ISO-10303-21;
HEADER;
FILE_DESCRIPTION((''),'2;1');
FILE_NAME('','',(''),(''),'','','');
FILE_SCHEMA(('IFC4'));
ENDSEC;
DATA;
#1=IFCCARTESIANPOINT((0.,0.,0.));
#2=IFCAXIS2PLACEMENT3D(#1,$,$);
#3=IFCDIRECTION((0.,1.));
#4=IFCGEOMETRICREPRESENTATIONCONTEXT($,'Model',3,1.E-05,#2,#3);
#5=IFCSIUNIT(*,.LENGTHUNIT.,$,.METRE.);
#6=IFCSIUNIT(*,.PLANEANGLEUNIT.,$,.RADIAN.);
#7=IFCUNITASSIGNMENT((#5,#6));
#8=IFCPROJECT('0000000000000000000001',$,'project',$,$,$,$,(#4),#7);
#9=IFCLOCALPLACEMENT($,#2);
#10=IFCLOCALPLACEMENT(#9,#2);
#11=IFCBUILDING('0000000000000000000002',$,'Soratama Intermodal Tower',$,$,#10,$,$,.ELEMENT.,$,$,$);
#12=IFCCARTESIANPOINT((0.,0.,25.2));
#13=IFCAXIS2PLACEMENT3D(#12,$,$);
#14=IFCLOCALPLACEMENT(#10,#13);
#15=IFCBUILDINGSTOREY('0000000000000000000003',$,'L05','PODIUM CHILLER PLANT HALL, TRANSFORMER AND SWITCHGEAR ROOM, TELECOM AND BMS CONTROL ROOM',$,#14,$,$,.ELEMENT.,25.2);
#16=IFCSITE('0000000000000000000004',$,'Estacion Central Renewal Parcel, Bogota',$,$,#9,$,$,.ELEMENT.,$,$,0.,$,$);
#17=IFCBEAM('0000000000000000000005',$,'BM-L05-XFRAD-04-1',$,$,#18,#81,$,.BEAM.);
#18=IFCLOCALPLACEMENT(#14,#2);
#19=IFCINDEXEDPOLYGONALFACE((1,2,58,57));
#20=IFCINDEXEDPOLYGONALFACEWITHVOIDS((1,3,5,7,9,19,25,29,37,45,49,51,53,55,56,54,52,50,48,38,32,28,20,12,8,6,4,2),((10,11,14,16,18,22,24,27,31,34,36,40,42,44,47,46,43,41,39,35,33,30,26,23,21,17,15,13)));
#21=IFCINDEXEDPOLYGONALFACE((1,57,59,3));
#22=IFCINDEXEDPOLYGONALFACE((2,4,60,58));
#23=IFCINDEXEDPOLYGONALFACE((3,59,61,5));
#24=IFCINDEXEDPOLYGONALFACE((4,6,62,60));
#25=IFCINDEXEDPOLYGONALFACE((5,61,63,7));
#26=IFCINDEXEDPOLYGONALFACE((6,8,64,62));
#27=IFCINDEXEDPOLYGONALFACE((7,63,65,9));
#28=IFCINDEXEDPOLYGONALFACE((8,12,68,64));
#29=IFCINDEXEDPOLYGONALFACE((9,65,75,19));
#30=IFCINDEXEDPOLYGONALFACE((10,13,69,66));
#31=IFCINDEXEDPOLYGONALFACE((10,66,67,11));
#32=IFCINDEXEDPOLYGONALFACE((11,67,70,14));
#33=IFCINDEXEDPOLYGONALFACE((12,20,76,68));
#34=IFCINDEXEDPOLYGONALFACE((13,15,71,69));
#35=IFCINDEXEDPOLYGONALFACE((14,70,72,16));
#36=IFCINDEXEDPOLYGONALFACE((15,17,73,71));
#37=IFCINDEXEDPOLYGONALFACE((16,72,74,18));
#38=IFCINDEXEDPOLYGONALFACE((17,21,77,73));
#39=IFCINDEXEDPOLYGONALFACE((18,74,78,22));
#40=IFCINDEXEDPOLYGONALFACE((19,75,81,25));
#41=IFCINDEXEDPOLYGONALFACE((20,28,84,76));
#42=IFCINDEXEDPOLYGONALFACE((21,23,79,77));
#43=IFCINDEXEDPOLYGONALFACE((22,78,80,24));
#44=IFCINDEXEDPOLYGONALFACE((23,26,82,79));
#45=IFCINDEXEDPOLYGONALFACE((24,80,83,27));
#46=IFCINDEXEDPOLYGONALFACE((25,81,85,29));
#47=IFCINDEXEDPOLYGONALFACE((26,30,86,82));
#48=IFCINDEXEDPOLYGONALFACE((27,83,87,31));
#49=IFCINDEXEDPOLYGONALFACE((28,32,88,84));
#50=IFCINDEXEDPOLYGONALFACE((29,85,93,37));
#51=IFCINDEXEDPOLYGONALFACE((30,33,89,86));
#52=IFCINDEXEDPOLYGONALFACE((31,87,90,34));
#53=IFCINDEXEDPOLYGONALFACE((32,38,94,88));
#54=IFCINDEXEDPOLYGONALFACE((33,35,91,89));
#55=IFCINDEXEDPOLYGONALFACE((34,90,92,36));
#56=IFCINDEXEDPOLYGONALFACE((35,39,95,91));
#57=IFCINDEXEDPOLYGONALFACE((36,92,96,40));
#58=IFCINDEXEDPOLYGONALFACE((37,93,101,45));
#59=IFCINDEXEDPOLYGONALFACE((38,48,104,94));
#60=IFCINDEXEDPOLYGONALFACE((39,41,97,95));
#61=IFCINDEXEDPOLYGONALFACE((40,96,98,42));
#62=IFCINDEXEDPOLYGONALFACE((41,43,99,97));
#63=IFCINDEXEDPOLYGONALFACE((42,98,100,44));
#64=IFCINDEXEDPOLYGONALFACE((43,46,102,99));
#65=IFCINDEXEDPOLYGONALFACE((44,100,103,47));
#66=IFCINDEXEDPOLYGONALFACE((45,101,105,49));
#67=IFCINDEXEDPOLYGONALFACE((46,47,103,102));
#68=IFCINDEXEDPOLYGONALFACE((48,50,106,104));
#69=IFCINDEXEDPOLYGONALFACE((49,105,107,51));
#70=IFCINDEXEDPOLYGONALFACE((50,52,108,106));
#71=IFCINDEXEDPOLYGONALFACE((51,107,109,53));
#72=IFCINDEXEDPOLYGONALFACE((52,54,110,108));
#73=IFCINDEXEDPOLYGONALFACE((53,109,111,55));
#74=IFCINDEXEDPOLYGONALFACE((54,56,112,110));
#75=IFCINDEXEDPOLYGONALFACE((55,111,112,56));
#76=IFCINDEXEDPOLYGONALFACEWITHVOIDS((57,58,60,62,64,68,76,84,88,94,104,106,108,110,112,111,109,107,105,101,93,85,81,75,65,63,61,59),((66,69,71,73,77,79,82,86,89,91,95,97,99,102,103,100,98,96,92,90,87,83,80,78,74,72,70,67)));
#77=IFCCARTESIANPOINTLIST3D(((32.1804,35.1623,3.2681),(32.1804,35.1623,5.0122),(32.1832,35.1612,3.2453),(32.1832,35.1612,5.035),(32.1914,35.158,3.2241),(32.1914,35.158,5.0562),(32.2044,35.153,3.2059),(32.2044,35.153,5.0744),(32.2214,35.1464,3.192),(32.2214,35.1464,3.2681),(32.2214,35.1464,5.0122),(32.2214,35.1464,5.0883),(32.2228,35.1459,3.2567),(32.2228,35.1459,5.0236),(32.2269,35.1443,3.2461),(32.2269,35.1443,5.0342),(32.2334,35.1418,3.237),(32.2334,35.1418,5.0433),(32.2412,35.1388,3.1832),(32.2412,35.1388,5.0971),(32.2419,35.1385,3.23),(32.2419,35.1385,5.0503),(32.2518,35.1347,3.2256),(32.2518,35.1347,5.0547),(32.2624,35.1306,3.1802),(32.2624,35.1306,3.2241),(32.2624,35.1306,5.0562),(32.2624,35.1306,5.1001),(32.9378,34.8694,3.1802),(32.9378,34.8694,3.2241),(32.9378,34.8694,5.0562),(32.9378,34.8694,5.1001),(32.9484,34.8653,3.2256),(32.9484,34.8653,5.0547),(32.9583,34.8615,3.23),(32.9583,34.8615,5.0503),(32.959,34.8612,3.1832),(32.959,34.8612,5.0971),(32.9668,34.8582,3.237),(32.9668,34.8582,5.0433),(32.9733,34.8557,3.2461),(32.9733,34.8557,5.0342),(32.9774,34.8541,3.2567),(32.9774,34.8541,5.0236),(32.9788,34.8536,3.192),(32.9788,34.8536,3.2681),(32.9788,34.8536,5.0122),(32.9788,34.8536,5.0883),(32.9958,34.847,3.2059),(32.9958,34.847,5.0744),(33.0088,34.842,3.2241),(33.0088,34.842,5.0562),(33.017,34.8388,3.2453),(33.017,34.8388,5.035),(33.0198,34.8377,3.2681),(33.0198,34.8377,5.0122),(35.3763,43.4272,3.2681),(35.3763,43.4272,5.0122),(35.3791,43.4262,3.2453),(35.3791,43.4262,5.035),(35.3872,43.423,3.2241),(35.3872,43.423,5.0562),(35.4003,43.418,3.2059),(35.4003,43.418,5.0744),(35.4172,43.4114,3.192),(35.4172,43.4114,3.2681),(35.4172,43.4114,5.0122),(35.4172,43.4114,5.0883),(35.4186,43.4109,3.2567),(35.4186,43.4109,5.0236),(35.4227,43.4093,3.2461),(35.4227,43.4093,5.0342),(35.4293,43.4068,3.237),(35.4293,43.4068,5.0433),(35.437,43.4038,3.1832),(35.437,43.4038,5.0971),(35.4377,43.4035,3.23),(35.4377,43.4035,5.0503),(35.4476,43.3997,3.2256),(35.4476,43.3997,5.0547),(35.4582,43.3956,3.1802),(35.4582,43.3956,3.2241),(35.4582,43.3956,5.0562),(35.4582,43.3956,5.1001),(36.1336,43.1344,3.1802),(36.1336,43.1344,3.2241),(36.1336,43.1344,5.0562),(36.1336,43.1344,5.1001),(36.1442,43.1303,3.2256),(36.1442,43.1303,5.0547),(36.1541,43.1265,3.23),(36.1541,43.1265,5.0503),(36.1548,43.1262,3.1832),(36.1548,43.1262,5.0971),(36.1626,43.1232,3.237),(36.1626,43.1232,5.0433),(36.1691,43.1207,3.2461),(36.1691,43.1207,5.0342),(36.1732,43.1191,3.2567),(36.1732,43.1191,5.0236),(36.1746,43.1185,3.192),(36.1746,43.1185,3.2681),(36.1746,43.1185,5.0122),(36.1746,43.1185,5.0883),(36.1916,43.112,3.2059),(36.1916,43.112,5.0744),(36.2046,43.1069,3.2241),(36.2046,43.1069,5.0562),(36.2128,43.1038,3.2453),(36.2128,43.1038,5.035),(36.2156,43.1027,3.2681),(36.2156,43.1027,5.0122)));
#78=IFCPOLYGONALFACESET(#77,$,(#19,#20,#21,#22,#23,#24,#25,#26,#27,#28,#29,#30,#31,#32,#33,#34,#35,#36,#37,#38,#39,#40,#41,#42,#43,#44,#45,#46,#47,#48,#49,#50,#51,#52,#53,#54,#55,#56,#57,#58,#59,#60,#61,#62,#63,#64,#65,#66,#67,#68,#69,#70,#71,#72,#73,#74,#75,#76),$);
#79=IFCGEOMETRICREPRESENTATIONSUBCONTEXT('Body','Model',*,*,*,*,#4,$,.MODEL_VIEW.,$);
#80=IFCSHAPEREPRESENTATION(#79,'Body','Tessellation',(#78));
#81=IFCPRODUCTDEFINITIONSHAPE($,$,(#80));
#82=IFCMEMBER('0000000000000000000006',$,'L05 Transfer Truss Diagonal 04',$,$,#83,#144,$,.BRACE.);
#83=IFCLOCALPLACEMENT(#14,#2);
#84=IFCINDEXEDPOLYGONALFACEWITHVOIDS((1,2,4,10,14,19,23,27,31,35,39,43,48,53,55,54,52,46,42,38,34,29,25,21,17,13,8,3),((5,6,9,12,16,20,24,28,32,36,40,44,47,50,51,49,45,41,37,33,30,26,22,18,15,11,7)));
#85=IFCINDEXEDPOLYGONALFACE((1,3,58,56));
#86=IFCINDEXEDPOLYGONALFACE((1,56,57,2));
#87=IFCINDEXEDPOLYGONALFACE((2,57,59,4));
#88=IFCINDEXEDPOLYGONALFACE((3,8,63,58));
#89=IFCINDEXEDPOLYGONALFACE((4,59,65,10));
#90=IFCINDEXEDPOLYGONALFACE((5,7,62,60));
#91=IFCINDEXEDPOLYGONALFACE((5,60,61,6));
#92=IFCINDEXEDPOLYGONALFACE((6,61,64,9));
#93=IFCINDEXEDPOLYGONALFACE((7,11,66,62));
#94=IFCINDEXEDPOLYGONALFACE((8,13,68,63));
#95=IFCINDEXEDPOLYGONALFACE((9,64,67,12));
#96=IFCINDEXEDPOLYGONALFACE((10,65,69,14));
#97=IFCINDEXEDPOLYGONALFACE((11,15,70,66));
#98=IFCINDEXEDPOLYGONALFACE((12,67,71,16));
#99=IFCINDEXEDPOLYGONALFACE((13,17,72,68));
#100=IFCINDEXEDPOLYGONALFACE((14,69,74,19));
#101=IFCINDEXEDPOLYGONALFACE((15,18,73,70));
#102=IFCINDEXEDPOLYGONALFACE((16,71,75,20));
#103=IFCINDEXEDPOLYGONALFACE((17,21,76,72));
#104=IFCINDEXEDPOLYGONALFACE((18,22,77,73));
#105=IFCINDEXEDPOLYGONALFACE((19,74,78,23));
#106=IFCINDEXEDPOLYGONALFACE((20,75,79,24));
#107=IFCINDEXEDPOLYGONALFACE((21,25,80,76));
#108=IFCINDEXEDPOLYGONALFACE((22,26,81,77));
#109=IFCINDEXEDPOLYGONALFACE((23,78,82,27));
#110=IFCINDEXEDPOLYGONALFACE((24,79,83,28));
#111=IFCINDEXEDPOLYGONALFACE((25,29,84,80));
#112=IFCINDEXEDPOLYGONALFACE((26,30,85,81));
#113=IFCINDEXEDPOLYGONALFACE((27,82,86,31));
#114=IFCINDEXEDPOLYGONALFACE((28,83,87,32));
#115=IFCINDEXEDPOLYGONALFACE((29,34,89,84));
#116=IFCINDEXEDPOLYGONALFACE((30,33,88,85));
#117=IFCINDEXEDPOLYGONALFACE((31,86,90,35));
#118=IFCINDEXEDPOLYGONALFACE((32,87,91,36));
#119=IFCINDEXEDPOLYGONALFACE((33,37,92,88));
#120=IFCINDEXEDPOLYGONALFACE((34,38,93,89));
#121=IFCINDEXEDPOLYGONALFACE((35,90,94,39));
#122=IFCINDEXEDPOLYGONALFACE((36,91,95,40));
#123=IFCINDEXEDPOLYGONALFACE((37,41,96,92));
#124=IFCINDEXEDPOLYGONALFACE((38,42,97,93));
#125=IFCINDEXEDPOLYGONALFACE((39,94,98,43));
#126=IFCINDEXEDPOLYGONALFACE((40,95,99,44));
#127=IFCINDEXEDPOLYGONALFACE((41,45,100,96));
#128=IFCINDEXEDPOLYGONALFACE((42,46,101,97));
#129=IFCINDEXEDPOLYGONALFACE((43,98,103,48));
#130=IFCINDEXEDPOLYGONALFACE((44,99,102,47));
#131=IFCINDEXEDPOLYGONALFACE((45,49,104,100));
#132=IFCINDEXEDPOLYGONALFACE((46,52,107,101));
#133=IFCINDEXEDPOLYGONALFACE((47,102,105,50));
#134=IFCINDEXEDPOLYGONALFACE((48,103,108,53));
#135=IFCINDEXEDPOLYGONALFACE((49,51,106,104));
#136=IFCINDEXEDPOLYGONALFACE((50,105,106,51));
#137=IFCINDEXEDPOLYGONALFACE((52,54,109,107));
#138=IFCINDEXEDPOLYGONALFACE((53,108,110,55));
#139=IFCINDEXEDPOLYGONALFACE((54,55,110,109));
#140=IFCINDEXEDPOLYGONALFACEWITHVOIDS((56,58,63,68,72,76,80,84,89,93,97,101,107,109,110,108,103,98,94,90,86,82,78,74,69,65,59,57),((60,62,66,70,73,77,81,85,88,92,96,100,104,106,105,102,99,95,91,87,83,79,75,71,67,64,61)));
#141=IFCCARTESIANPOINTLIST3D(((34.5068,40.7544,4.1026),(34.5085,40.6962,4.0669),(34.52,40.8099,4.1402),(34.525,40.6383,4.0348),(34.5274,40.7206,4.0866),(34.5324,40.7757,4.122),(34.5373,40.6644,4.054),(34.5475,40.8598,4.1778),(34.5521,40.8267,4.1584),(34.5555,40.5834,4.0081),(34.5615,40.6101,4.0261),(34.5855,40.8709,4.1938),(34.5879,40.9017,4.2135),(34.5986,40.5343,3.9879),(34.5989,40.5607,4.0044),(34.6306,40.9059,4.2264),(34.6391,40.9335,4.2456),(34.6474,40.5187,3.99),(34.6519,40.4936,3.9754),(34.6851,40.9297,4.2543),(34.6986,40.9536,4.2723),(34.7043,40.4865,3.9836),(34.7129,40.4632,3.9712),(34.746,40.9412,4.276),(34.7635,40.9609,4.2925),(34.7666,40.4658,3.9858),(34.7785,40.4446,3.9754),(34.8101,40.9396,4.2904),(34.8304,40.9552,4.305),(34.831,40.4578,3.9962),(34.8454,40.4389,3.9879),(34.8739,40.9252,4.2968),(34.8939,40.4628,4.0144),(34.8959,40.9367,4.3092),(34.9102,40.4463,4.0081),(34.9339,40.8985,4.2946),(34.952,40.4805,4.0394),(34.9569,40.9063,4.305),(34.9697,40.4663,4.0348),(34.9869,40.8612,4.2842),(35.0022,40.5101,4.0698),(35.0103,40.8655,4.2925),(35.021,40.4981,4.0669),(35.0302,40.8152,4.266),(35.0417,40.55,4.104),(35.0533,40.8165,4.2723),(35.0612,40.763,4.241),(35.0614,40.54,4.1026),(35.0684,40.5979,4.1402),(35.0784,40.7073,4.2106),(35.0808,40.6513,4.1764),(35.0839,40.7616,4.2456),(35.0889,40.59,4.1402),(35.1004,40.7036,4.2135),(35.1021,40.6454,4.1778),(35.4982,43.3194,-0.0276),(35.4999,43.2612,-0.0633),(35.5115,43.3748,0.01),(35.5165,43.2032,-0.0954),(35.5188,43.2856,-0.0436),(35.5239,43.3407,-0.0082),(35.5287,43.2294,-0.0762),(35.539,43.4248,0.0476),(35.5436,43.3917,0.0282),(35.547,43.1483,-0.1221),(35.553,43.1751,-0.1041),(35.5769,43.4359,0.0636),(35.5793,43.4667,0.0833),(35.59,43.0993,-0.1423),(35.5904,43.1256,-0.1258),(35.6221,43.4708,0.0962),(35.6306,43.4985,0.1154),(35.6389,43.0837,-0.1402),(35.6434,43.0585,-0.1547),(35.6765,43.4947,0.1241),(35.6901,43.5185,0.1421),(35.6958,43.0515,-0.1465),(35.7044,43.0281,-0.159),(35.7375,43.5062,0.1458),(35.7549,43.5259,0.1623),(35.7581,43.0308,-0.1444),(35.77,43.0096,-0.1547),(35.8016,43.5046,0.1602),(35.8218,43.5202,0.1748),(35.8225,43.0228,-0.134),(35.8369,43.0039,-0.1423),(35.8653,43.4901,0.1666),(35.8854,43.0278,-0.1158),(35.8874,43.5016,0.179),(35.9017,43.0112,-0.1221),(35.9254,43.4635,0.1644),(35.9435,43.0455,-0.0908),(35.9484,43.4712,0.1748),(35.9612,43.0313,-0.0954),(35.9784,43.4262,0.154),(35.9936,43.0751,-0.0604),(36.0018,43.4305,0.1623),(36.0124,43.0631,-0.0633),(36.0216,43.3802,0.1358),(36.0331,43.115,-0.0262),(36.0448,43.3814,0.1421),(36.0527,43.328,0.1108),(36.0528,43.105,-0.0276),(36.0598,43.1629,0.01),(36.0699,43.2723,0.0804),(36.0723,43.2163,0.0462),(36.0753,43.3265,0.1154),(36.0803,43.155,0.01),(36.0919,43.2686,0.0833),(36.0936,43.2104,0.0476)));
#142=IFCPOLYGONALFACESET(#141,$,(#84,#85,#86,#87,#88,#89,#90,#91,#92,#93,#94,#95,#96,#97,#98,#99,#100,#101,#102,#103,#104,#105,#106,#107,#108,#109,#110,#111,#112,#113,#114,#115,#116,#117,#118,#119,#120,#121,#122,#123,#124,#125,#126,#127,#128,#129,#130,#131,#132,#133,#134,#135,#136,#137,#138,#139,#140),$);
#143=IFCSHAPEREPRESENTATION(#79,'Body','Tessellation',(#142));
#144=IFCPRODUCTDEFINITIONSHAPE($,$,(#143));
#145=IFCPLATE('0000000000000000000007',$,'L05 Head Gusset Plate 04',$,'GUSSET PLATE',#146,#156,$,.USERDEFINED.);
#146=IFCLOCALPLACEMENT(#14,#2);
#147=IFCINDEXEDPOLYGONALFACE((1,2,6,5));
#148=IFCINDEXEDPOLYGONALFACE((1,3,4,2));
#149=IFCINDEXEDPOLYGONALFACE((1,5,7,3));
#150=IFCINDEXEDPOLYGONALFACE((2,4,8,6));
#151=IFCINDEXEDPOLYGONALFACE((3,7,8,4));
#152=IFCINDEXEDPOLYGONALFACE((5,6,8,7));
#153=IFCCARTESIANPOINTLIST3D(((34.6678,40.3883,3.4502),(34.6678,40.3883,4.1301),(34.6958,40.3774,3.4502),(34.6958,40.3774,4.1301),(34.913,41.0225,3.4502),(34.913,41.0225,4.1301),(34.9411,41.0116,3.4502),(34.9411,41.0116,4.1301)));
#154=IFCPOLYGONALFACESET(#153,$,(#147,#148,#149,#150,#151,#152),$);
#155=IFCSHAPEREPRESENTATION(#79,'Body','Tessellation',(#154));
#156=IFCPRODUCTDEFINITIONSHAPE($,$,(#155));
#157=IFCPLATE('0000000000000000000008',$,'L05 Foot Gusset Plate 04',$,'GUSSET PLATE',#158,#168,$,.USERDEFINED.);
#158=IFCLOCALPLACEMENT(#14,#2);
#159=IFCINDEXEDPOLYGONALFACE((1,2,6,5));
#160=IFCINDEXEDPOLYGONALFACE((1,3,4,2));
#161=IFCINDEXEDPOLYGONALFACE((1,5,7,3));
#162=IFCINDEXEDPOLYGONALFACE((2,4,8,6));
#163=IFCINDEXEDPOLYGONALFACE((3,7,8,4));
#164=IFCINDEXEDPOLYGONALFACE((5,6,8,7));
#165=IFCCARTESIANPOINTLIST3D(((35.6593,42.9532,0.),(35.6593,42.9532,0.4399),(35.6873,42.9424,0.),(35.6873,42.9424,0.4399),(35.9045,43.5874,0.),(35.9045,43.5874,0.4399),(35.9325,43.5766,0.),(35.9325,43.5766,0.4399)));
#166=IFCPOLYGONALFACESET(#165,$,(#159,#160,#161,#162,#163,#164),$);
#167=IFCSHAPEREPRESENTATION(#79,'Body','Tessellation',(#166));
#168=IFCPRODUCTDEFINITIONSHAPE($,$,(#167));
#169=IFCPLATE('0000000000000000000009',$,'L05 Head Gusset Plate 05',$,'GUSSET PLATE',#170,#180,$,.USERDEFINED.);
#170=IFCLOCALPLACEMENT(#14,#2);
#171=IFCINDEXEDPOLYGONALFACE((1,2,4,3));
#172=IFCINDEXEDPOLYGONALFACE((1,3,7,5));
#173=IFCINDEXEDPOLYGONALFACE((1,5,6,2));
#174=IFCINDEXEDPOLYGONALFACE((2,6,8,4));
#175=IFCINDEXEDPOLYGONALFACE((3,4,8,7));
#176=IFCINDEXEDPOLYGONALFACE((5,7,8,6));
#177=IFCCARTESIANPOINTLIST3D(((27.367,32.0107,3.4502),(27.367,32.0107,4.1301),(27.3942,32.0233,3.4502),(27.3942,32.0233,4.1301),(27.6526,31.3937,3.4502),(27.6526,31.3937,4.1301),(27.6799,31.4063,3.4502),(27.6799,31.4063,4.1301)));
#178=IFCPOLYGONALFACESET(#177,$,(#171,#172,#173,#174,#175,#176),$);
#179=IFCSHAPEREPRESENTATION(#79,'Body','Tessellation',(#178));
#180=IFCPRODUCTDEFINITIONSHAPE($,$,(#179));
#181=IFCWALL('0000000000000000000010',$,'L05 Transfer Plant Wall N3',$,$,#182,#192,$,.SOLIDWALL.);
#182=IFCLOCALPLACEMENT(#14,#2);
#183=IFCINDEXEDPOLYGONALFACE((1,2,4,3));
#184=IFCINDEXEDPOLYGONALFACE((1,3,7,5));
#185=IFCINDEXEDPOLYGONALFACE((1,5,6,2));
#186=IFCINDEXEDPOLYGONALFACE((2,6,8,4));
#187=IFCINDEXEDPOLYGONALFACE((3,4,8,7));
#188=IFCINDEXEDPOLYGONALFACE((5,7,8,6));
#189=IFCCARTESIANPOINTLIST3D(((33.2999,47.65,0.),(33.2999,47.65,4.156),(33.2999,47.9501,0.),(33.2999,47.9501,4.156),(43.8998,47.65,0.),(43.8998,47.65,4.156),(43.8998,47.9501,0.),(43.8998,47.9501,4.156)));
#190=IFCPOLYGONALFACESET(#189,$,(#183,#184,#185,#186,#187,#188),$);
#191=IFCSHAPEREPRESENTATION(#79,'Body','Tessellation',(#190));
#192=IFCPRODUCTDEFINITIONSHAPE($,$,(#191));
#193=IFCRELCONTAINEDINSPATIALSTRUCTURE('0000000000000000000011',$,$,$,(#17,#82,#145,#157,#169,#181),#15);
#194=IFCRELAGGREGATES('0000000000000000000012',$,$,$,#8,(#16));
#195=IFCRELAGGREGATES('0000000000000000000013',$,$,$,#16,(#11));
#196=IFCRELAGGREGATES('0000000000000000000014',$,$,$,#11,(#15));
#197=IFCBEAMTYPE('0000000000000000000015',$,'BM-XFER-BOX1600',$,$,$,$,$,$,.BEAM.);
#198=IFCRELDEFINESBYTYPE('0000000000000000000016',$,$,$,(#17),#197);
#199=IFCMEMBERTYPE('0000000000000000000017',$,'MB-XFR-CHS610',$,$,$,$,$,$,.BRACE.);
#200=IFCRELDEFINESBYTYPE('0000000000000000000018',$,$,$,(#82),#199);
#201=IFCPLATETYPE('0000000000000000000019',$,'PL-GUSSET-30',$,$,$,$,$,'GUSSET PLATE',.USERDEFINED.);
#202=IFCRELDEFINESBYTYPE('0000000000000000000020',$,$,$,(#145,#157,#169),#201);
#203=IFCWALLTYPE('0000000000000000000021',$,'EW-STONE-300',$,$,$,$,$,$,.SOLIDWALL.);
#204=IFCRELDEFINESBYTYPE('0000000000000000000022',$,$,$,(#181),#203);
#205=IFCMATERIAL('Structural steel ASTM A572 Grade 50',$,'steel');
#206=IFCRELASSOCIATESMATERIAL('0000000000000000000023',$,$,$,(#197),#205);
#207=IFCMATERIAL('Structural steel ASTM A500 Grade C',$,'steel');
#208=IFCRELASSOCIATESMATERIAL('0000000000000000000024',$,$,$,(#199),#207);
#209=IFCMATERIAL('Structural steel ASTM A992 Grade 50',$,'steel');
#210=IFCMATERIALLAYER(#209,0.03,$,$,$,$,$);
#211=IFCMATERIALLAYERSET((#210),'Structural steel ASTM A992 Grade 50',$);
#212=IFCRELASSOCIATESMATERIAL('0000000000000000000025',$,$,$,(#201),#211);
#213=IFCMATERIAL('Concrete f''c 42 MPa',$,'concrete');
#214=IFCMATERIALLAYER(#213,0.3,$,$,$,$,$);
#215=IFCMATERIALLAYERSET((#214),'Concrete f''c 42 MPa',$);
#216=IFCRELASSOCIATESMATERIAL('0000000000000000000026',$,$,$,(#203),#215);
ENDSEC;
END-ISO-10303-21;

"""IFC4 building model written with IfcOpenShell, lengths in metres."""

from ifc_helpers import new_model, si_unit, direction, frame, frame_2d, origin, origin_2d, place, context, subcontext, project, spatial, rectangle, hollow_rectangle, hollow_circle, extrude, material, layer, layer_set, material_profile, profile_set, type_object, element, save


model = new_model("IFC4")

# Units and contexts
model_context = context("Model", 3, precision=1e-05, world=origin(), true_north=direction((0.0, 1.0)))
body_context = subcontext(model_context, "Body", "Model", "MODEL_VIEW")
ifc_project = project(units=[si_unit("LENGTHUNIT", "METRE"), si_unit("PLANEANGLEUNIT", "RADIAN")], contexts=[model_context])

# Site, building, storey
site_placement = place(None, origin())
site = spatial("IfcSite", under=ifc_project, at=site_placement, Name="Estacion Central Renewal Parcel, Bogota", CompositionType="ELEMENT", RefElevation=0.0)
building_placement = place(site_placement, origin())
building = spatial("IfcBuilding", under=site, at=building_placement, Name="Soratama Intermodal Tower", CompositionType="ELEMENT")
storey_placement = place(building_placement, frame((0.0, 0.0, 25.2)))
storey = spatial("IfcBuildingStorey", under=building, at=storey_placement, Name="L05", Description="PODIUM CHILLER PLANT HALL, TRANSFORMER AND SWITCHGEAR ROOM, TELECOM AND BMS CONTROL ROOM", CompositionType="ELEMENT", Elevation=25.2)

# Beam
ifc_material_1 = material(Name="Structural steel ASTM A572 Grade 50", Category="steel")
ifc_material_profile_1 = material_profile(ifc_material_1, hollow_rectangle(XDim=0.8999, YDim=1.9199, WallThickness=0.0439, InnerFilletRadius=0.0439, OuterFilletRadius=0.0879, at=origin_2d()), Name="BOX1600X900X40")
ifc_profile_set_1 = profile_set([ifc_material_profile_1], Name="Structural steel ASTM A572 Grade 50")
beam_type_1 = type_object("IfcBeamType", Name="BM-XFER-BOX1600", PredefinedType="BEAM", material=ifc_profile_set_1)
beam_1_placement = place(storey_placement, frame((32.6001, 35.0, 4.1401), z_axis=(0.360649, 0.932701, 0.0), x_axis=(-0.932701, 0.360649, 0.0)))
element("IfcBeam", 1, at=beam_1_placement, inside=storey, type_object=beam_type_1, Name="BM-L05-XFRAD-04-1", PredefinedType="BEAM", context=body_context, shape_type="SweptSolid", body=[
    extrude(hollow_rectangle(XDim=0.8999, YDim=1.9199, WallThickness=0.0439, InnerFilletRadius=0.0439, OuterFilletRadius=0.0879, at=origin_2d()), origin(), (0.0, 0.0, 1.0), 8.8613),
])

# Member
ifc_material_2 = material(Name="Structural steel ASTM A500 Grade C", Category="steel")
ifc_material_profile_2 = material_profile(ifc_material_2, hollow_circle(Radius=0.3049, WallThickness=0.022, at=origin_2d()), Name="CHS610X22")
ifc_profile_set_2 = profile_set([ifc_material_profile_2], Name="Structural steel ASTM A500 Grade C")
member_type = type_object("IfcMemberType", Name="MB-XFR-CHS610", PredefinedType="BRACE", material=ifc_profile_set_2)
member_placement = place(storey_placement, frame((35.7959, 43.2649, 0.01), z_axis=(-0.199816, -0.516934, 0.832378), x_axis=(0.932742, -0.360543, 0.0)))
element("IfcMember", 2, at=member_placement, inside=storey, type_object=member_type, Name="L05 Transfer Truss Diagonal 04", PredefinedType="BRACE", context=body_context, shape_type="SweptSolid", body=[
    extrude(hollow_circle(Radius=0.3049, WallThickness=0.022, at=origin_2d()), origin(), (0.0, 0.0, 1.0), 4.9619),
])

# Plates
ifc_material_3 = material(Name="Structural steel ASTM A992 Grade 50", Category="steel")
ifc_layer_1 = layer(ifc_material_3, 0.03)
ifc_layer_set_1 = layer_set([ifc_layer_1], Name="Structural steel ASTM A992 Grade 50")
plate_type = type_object("IfcPlateType", Name="PL-GUSSET-30", ElementType="GUSSET PLATE", PredefinedType="USERDEFINED", material=ifc_layer_set_1)
plate_1_placement = place(storey_placement, frame((34.8044, 40.7, 3.4502), z_axis=(0.0, 0.0, 1.0), x_axis=(-0.360648, -0.932702, 0.0)))
element("IfcPlate", 3, at=plate_1_placement, inside=storey, type_object=plate_type, Name="L05 Head Gusset Plate 04", ObjectType="GUSSET PLATE", PredefinedType="USERDEFINED", context=body_context, shape_type="SweptSolid", body=[
    extrude(rectangle(XDim=0.6799, YDim=0.03, at=origin_2d()), origin(), (0.0, 0.0, 1.0), 0.6799),
])
plate_2_placement = place(storey_placement, frame((35.7959, 43.2649, 0.0), z_axis=(0.0, 0.0, 1.0), x_axis=(-0.360648, -0.932702, 0.0)))
element("IfcPlate", 4, at=plate_2_placement, inside=storey, type_object=plate_type, Name="L05 Foot Gusset Plate 04", ObjectType="GUSSET PLATE", PredefinedType="USERDEFINED", context=body_context, shape_type="SweptSolid", body=[
    extrude(rectangle(XDim=0.6799, YDim=0.03, at=origin_2d()), origin(), (0.0, 0.0, 1.0), 0.4399),
])
plate_3_placement = place(storey_placement, frame((27.5234, 31.7085, 3.4502), z_axis=(0.0, 0.0, 1.0), x_axis=(0.420086, -0.907484, 0.0)))
element("IfcPlate", 5, at=plate_3_placement, inside=storey, type_object=plate_type, Name="L05 Head Gusset Plate 05", ObjectType="GUSSET PLATE", PredefinedType="USERDEFINED", context=body_context, shape_type="SweptSolid", body=[
    extrude(rectangle(XDim=0.6799, YDim=0.03, at=origin_2d()), origin(), (0.0, 0.0, 1.0), 0.6799),
])

# Wall
ifc_material_4 = material(Name="Concrete f'c 42 MPa", Category="concrete")
ifc_layer_2 = layer(ifc_material_4, 0.3)
ifc_layer_set_2 = layer_set([ifc_layer_2], Name="Concrete f'c 42 MPa")
wall_type_1 = type_object("IfcWallType", Name="EW-STONE-300", PredefinedType="SOLIDWALL", material=ifc_layer_set_2)
wall_1_placement = place(storey_placement, frame((33.3, 47.8, 0.0), z_axis=(0.0, 0.0, 1.0), x_axis=(1.0, 0.0, 0.0)))
element("IfcWall", 6, at=wall_1_placement, inside=storey, type_object=wall_type_1, Name="L05 Transfer Plant Wall N3", PredefinedType="SOLIDWALL", context=body_context, shape_type="SweptSolid", body=[
    extrude(rectangle(XDim=10.5999, YDim=0.3, at=frame_2d((5.2998, 0.0))), origin(), (0.0, 0.0, 1.0), 4.156),
])

save(model, "model.ifc")
